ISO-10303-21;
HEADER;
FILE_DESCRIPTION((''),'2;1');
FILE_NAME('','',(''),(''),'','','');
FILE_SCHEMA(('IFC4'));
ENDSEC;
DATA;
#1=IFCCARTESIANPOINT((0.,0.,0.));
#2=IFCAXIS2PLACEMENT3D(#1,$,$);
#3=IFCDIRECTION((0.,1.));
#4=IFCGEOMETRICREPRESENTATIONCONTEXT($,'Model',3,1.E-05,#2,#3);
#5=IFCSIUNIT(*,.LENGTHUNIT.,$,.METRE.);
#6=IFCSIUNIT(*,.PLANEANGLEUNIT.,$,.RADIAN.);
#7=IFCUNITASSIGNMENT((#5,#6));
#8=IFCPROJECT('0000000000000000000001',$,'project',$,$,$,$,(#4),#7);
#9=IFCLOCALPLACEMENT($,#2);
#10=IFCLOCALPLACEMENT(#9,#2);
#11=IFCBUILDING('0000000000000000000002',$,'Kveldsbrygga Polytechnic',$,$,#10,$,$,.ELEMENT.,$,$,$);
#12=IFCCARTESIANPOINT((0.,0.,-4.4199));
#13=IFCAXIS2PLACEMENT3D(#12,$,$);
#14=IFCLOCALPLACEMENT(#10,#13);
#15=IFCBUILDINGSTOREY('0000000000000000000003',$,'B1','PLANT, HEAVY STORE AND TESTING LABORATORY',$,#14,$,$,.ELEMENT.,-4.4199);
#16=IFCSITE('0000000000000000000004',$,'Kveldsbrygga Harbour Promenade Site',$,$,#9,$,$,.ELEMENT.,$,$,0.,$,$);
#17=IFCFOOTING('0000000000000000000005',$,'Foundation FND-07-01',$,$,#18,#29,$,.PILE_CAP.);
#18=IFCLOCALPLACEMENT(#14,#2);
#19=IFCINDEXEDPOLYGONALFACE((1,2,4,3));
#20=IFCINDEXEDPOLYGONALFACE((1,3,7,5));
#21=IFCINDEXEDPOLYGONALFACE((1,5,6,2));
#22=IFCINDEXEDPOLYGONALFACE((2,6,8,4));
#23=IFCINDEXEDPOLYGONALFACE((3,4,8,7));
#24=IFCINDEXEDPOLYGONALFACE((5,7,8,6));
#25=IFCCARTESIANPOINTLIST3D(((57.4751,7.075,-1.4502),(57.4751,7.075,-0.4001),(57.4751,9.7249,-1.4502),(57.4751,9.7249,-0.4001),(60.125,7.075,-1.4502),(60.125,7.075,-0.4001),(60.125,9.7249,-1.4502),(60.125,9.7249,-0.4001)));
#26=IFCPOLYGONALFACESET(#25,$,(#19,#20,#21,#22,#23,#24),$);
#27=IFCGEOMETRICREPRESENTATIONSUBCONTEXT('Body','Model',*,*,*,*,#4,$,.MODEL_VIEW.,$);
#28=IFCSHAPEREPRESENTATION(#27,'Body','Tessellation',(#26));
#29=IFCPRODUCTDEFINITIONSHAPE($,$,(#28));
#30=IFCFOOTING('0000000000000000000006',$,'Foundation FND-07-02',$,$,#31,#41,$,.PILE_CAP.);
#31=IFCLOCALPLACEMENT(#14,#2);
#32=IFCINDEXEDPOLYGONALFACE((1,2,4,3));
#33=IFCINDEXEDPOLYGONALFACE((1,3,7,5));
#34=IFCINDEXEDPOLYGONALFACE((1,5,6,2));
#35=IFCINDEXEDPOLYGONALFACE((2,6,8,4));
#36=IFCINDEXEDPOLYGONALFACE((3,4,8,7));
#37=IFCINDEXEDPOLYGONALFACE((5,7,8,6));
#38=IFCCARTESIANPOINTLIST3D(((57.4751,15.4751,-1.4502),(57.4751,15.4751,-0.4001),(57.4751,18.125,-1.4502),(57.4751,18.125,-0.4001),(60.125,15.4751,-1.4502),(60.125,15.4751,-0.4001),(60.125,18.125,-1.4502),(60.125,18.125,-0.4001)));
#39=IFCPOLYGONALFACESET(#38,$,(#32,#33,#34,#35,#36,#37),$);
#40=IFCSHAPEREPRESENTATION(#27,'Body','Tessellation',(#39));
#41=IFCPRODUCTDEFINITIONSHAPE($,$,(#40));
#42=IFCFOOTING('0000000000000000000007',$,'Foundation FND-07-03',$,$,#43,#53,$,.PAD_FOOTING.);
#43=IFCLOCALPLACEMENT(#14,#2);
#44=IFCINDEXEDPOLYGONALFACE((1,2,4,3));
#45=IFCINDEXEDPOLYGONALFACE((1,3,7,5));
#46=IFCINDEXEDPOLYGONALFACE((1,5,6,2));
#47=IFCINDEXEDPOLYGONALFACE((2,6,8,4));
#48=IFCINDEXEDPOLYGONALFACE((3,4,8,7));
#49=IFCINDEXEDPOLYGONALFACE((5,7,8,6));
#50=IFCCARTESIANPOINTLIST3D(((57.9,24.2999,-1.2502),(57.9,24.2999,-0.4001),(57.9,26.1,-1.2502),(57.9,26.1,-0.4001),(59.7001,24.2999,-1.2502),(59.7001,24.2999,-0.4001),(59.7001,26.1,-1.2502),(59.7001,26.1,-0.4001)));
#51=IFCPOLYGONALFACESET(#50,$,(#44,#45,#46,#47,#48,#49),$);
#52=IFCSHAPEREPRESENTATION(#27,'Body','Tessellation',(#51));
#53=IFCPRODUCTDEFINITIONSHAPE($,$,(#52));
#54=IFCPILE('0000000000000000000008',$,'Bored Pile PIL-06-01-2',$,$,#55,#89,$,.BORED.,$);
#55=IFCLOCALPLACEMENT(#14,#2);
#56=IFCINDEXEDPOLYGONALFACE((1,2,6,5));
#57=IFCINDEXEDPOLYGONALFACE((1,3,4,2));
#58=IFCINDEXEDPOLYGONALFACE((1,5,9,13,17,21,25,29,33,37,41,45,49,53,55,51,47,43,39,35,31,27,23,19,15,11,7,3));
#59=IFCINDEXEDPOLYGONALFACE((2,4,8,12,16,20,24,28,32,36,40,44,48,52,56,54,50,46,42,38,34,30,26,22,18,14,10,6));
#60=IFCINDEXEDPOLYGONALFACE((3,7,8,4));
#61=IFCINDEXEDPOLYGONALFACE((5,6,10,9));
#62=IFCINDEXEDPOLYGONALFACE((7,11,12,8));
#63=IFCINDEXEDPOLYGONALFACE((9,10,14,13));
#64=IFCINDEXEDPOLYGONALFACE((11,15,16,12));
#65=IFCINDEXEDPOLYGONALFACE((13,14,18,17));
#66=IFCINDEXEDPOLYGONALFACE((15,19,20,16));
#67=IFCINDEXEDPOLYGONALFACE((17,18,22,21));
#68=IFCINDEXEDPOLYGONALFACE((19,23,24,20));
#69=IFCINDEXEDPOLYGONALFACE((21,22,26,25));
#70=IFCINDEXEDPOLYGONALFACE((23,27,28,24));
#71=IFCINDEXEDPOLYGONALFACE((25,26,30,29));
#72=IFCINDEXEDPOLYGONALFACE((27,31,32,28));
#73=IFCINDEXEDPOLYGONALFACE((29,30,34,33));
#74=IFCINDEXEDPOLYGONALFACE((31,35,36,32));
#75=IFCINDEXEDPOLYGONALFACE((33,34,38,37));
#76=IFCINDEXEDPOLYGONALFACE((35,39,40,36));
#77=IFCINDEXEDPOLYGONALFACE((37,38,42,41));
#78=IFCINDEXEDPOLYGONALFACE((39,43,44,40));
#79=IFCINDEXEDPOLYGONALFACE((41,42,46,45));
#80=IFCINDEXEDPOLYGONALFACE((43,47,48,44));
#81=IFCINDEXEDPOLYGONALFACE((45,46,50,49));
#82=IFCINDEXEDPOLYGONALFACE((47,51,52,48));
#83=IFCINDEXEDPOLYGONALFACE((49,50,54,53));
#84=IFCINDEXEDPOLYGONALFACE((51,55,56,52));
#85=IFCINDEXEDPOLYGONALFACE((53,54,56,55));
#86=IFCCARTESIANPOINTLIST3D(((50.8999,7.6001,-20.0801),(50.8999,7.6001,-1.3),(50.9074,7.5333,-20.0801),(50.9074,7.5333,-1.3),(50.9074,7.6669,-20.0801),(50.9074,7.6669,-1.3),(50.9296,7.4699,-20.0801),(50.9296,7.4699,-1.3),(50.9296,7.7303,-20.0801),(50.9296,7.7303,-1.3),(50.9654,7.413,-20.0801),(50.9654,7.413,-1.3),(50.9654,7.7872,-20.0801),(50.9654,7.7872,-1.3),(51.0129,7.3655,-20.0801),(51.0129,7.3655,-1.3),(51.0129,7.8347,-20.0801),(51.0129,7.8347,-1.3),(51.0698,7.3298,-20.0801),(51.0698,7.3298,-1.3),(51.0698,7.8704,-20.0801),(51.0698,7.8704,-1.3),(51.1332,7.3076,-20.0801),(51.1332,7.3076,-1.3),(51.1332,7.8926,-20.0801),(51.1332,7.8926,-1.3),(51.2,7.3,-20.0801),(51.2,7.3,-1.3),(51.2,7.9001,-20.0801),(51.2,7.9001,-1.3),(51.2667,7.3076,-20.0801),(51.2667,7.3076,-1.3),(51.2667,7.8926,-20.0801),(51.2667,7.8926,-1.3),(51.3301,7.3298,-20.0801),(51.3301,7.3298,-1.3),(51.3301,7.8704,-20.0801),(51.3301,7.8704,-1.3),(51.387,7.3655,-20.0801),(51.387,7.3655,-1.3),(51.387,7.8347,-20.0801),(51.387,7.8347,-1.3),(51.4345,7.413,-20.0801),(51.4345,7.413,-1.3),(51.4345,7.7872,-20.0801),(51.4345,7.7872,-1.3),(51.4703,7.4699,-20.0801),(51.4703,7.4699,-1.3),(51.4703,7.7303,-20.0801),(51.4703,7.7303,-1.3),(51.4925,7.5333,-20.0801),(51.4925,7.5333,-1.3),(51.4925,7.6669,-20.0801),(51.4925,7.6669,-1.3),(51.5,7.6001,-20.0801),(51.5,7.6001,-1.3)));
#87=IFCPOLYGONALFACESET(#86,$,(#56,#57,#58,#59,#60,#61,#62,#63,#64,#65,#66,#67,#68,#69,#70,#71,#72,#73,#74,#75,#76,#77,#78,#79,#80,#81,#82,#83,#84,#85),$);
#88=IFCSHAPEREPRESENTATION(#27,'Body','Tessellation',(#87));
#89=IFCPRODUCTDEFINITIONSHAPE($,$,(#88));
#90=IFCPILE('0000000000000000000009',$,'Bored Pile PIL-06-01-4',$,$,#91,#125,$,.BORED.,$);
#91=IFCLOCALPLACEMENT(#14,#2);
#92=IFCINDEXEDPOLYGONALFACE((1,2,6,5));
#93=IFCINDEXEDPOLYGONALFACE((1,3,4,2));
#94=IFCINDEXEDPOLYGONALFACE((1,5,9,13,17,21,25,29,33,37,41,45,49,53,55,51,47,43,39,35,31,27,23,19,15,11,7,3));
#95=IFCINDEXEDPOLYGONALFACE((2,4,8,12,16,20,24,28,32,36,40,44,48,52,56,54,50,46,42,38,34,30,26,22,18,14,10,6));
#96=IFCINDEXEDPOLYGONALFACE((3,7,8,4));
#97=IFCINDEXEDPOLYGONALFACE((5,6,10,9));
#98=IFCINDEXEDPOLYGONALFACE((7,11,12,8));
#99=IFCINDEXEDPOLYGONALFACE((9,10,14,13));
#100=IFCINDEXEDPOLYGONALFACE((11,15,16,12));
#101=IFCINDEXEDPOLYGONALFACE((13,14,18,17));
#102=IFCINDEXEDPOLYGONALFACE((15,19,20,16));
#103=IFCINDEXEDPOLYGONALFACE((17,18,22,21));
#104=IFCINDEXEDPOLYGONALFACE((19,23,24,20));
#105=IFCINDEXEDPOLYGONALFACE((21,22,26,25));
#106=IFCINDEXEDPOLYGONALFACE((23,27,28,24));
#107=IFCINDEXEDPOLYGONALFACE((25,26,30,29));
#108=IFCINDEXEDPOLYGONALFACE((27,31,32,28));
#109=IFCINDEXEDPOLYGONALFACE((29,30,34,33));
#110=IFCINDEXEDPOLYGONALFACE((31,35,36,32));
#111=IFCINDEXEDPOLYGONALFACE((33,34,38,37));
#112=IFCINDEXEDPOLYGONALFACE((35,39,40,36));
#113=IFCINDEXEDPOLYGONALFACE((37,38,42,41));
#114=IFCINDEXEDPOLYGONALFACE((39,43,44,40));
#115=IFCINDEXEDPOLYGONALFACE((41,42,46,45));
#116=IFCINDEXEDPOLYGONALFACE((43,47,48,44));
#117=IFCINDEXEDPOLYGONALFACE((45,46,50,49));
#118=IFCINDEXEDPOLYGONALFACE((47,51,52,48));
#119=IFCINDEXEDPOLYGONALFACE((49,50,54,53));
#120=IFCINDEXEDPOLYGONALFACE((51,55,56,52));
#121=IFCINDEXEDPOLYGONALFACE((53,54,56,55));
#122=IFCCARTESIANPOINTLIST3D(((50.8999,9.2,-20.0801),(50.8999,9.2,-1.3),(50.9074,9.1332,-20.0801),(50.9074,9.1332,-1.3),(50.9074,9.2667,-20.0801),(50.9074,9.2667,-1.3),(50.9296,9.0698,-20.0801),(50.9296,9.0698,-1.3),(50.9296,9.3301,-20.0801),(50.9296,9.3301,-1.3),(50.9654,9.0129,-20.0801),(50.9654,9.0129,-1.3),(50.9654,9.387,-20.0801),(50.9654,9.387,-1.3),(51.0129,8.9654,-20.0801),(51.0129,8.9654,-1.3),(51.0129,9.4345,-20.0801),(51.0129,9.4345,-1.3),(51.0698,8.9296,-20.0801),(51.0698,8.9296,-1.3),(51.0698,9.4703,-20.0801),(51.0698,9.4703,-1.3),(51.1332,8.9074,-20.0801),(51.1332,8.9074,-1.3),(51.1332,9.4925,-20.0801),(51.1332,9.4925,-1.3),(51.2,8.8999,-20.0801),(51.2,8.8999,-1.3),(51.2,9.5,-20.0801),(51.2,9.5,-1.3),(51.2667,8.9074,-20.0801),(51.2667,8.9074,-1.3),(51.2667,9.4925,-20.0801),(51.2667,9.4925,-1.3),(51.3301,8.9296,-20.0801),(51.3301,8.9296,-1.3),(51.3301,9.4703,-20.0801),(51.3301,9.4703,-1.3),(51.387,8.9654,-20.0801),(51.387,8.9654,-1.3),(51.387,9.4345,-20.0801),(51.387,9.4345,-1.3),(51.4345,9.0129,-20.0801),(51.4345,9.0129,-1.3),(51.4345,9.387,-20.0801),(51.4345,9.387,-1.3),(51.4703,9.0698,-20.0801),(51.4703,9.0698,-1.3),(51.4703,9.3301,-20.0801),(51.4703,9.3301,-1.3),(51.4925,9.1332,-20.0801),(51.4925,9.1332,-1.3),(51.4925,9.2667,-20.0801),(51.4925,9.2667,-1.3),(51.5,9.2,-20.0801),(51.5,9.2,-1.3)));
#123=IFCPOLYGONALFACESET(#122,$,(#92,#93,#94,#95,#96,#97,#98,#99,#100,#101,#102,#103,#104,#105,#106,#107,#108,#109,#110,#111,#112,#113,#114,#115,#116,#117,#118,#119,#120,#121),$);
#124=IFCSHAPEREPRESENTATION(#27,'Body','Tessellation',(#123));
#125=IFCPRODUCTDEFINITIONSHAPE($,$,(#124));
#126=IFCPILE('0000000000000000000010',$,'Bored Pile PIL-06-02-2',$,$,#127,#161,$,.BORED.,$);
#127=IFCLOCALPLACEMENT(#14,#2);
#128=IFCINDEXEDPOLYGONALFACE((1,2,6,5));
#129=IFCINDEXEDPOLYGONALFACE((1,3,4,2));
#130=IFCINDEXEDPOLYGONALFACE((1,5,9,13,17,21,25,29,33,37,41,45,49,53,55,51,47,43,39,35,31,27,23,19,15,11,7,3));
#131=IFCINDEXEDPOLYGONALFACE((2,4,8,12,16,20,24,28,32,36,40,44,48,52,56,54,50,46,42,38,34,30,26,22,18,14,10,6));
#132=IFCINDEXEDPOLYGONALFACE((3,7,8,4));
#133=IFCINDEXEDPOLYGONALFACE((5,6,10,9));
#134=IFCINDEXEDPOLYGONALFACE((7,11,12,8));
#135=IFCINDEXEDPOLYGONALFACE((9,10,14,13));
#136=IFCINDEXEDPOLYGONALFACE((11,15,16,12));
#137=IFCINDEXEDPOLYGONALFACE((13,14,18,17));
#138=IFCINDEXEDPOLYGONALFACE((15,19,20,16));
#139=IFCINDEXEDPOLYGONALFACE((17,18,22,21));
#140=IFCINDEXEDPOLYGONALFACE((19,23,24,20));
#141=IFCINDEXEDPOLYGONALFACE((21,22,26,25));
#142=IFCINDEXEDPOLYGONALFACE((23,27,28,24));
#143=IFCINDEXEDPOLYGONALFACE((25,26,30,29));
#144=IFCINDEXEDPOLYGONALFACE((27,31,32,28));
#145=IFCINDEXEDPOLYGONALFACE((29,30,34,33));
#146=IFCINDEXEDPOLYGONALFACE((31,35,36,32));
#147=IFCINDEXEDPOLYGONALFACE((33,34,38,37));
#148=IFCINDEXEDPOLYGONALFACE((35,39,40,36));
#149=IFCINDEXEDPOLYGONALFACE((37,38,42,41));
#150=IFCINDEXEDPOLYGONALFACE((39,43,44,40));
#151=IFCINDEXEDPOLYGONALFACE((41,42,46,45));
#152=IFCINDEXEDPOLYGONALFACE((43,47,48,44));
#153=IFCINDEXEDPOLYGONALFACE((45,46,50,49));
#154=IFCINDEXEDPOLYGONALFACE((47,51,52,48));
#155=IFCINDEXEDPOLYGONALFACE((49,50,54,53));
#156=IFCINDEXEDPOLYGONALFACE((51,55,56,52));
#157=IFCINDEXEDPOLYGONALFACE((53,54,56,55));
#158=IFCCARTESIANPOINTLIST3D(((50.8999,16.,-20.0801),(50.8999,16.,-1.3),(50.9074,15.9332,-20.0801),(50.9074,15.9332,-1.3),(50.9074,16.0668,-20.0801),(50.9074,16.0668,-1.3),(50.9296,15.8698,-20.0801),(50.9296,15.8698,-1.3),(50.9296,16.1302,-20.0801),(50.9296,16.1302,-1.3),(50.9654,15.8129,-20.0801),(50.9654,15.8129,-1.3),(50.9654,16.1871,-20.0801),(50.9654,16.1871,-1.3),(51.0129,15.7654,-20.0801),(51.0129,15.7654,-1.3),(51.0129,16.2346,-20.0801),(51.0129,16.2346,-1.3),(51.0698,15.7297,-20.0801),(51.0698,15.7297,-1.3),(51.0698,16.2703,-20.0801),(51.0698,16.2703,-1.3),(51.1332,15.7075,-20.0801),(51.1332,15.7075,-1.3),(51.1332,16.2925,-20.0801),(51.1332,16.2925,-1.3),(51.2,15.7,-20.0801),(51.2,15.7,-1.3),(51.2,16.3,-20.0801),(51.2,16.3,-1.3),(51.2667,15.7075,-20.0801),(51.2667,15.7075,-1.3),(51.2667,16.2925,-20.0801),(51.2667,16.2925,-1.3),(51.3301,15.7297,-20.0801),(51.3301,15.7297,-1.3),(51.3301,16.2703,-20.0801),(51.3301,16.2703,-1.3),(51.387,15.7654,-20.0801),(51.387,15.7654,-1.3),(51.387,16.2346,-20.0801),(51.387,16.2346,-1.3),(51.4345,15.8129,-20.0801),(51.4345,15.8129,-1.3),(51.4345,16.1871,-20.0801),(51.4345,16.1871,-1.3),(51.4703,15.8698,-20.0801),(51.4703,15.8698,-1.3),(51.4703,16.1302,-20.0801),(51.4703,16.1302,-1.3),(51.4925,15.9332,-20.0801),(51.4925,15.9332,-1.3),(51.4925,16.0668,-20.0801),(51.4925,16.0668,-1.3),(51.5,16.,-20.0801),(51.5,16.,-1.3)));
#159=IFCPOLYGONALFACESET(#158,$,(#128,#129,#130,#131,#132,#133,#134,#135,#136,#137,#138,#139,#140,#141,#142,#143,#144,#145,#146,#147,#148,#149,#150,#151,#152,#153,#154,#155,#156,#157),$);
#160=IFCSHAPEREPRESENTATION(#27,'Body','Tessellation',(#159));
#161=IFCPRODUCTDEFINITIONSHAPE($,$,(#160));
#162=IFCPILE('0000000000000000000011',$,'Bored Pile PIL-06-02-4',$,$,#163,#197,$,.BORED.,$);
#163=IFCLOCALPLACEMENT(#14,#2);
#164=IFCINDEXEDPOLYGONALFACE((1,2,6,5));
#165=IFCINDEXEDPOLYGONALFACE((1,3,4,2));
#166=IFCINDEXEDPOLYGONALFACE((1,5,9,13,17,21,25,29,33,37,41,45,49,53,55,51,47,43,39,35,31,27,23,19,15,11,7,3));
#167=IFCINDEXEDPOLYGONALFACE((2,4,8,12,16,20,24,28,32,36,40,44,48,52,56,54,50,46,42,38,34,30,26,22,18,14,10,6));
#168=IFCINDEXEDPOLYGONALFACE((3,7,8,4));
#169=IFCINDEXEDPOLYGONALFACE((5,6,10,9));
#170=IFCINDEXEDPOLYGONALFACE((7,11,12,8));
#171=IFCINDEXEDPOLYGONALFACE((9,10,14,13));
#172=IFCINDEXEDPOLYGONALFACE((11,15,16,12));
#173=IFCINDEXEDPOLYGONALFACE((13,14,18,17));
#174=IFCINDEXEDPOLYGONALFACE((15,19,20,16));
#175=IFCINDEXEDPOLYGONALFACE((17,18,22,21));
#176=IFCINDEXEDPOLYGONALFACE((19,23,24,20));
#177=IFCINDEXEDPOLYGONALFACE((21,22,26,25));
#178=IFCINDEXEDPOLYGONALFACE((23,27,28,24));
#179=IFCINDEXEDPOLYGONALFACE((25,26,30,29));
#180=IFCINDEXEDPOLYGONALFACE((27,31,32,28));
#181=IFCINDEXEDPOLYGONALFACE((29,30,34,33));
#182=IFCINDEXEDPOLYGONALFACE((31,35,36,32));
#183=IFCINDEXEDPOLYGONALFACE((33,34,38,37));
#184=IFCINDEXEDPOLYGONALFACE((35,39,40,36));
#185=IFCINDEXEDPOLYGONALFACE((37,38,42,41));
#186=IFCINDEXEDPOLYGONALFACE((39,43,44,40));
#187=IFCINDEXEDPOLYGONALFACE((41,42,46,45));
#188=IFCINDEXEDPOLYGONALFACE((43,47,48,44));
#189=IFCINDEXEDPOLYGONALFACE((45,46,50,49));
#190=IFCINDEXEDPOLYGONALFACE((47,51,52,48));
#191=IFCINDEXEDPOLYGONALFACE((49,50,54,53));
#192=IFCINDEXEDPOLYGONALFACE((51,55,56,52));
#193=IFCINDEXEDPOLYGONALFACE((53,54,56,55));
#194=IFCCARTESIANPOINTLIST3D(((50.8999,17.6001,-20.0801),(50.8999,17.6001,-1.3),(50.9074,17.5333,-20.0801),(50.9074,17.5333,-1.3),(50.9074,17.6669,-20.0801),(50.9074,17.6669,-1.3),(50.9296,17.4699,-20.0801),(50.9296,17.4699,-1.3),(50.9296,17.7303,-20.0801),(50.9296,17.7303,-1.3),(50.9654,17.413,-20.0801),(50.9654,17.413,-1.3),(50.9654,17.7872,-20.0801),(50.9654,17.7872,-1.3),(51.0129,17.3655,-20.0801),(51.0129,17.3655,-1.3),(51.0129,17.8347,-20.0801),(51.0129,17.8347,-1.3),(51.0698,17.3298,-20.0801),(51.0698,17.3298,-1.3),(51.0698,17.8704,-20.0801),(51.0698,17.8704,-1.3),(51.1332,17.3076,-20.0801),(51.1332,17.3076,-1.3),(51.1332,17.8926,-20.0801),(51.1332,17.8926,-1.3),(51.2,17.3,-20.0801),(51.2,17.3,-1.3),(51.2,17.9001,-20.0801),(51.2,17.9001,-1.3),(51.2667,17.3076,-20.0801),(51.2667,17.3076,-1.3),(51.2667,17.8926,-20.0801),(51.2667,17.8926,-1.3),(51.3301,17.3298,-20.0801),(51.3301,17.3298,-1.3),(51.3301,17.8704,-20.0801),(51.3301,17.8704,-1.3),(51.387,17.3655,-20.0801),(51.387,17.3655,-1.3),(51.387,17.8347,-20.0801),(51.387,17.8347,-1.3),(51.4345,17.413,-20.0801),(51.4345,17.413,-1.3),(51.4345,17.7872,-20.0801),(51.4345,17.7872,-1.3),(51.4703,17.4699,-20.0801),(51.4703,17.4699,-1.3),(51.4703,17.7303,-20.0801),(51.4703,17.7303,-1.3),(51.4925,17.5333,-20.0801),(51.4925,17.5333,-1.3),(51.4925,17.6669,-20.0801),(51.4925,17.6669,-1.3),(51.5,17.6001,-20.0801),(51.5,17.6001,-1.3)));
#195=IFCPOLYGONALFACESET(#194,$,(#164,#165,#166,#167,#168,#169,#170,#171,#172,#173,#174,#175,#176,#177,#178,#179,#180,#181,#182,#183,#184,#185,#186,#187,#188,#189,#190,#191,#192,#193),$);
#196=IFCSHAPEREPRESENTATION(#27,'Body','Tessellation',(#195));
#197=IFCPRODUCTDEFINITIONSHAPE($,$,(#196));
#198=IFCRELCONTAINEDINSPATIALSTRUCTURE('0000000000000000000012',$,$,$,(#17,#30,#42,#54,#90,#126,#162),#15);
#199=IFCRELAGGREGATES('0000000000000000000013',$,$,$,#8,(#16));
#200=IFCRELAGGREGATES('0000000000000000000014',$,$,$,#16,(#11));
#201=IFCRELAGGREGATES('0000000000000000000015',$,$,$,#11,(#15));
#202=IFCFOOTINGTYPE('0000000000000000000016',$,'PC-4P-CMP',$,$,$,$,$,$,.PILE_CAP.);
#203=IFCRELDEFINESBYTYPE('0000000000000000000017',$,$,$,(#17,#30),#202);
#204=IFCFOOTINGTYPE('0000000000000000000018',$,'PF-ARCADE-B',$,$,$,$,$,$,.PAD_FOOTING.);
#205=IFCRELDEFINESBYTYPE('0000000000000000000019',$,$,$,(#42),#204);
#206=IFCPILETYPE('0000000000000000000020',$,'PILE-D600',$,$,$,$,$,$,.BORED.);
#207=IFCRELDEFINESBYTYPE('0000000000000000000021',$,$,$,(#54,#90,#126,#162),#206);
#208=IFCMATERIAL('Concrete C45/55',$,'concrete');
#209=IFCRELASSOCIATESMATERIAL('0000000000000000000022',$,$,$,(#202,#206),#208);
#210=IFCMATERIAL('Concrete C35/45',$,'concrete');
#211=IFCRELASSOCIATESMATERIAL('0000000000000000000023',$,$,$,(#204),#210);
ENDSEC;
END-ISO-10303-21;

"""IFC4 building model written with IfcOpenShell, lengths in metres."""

from ifc_helpers import new_model, si_unit, direction, frame, origin, origin_2d, place, context, subcontext, project, spatial, rectangle, circle, extrude, material, material_profile, profile_set, type_object, element, save


model = new_model("IFC4")

# Units and contexts
model_context = context("Model", 3, precision=1e-05, world=origin(), true_north=direction((0.0, 1.0)))
body_context = subcontext(model_context, "Body", "Model", "MODEL_VIEW")
ifc_project = project(units=[si_unit("LENGTHUNIT", "METRE"), si_unit("PLANEANGLEUNIT", "RADIAN")], contexts=[model_context])

# Site, building, storey
site_placement = place(None, origin())
site = spatial("IfcSite", under=ifc_project, at=site_placement, Name="Kveldsbrygga Harbour Promenade Site", CompositionType="ELEMENT", RefElevation=0.0)
building_placement = place(site_placement, origin())
building = spatial("IfcBuilding", under=site, at=building_placement, Name="Kveldsbrygga Polytechnic", CompositionType="ELEMENT")
storey_placement = place(building_placement, frame((0.0, 0.0, -4.4199)))
storey = spatial("IfcBuildingStorey", under=building, at=storey_placement, Name="B1", Description="PLANT, HEAVY STORE AND TESTING LABORATORY", CompositionType="ELEMENT", Elevation=-4.4199)

# Footings
ifc_material_1 = material(Name="Concrete C45/55", Category="concrete")
footing_type_1 = type_object("IfcFootingType", Name="PC-4P-CMP", PredefinedType="PILE_CAP", material=ifc_material_1)
for number, where, z_axis, x_axis, name in (
    (1, (58.8, 8.3999, -1.4502), (0.0, 0.0, 1.0), (1.0, 0.0, 0.0), "Foundation FND-07-01"),
    (2, (58.8, 16.8, -1.4502), (0.0, 0.0, 1.0), (1.0, 0.0, 0.0), "Foundation FND-07-02"),
):
    element("IfcFooting", number, at=place(storey_placement, frame(where, z_axis=z_axis, x_axis=x_axis)), inside=storey, type_object=footing_type_1, Name=name, PredefinedType="PILE_CAP", context=body_context, shape_type="SweptSolid", body=[
        extrude(rectangle(XDim=2.6499, YDim=2.6499, at=origin_2d()), origin(), (0.0, 0.0, 1.0), 1.05),
    ])
ifc_material_2 = material(Name="Concrete C35/45", Category="concrete")
footing_type_2 = type_object("IfcFootingType", Name="PF-ARCADE-B", PredefinedType="PAD_FOOTING", material=ifc_material_2)
footing_placement = place(storey_placement, frame((58.8, 25.2, -1.2502), z_axis=(0.0, 0.0, 1.0), x_axis=(1.0, 0.0, 0.0)))
element("IfcFooting", 3, at=footing_placement, inside=storey, type_object=footing_type_2, Name="Foundation FND-07-03", PredefinedType="PAD_FOOTING", context=body_context, shape_type="SweptSolid", body=[
    extrude(rectangle(XDim=1.8, YDim=1.8, at=origin_2d()), origin(), (0.0, 0.0, 1.0), 0.8501),
])

# Piles
ifc_material_profile_1 = material_profile(ifc_material_1, circle(Radius=0.3, at=origin_2d()), Name="PILE D600")
ifc_profile_set_1 = profile_set([ifc_material_profile_1], Name="Concrete C45/55")
pile_type = type_object("IfcPileType", Name="PILE-D600", PredefinedType="BORED", material=ifc_profile_set_1)
for number, where, z_axis, x_axis, name in (
    (4, (51.2, 7.6001, -1.3), (0.0, 0.0, -1.0), (1.0, 0.0, 0.0), "Bored Pile PIL-06-01-2"),
    (5, (51.2, 9.2, -1.3), (0.0, 0.0, -1.0), (1.0, 0.0, 0.0), "Bored Pile PIL-06-01-4"),
    (6, (51.2, 16.0, -1.3), (0.0, 0.0, -1.0), (1.0, 0.0, 0.0), "Bored Pile PIL-06-02-2"),
    (7, (51.2, 17.6001, -1.3), (0.0, 0.0, -1.0), (1.0, 0.0, 0.0), "Bored Pile PIL-06-02-4"),
):
    element("IfcPile", number, at=place(storey_placement, frame(where, z_axis=z_axis, x_axis=x_axis)), inside=storey, type_object=pile_type, Name=name, PredefinedType="BORED", context=body_context, shape_type="SweptSolid", body=[
        extrude(circle(Radius=0.3, at=origin_2d()), origin(), (0.0, 0.0, 1.0), 18.78),
    ])

save(model, "model.ifc")
